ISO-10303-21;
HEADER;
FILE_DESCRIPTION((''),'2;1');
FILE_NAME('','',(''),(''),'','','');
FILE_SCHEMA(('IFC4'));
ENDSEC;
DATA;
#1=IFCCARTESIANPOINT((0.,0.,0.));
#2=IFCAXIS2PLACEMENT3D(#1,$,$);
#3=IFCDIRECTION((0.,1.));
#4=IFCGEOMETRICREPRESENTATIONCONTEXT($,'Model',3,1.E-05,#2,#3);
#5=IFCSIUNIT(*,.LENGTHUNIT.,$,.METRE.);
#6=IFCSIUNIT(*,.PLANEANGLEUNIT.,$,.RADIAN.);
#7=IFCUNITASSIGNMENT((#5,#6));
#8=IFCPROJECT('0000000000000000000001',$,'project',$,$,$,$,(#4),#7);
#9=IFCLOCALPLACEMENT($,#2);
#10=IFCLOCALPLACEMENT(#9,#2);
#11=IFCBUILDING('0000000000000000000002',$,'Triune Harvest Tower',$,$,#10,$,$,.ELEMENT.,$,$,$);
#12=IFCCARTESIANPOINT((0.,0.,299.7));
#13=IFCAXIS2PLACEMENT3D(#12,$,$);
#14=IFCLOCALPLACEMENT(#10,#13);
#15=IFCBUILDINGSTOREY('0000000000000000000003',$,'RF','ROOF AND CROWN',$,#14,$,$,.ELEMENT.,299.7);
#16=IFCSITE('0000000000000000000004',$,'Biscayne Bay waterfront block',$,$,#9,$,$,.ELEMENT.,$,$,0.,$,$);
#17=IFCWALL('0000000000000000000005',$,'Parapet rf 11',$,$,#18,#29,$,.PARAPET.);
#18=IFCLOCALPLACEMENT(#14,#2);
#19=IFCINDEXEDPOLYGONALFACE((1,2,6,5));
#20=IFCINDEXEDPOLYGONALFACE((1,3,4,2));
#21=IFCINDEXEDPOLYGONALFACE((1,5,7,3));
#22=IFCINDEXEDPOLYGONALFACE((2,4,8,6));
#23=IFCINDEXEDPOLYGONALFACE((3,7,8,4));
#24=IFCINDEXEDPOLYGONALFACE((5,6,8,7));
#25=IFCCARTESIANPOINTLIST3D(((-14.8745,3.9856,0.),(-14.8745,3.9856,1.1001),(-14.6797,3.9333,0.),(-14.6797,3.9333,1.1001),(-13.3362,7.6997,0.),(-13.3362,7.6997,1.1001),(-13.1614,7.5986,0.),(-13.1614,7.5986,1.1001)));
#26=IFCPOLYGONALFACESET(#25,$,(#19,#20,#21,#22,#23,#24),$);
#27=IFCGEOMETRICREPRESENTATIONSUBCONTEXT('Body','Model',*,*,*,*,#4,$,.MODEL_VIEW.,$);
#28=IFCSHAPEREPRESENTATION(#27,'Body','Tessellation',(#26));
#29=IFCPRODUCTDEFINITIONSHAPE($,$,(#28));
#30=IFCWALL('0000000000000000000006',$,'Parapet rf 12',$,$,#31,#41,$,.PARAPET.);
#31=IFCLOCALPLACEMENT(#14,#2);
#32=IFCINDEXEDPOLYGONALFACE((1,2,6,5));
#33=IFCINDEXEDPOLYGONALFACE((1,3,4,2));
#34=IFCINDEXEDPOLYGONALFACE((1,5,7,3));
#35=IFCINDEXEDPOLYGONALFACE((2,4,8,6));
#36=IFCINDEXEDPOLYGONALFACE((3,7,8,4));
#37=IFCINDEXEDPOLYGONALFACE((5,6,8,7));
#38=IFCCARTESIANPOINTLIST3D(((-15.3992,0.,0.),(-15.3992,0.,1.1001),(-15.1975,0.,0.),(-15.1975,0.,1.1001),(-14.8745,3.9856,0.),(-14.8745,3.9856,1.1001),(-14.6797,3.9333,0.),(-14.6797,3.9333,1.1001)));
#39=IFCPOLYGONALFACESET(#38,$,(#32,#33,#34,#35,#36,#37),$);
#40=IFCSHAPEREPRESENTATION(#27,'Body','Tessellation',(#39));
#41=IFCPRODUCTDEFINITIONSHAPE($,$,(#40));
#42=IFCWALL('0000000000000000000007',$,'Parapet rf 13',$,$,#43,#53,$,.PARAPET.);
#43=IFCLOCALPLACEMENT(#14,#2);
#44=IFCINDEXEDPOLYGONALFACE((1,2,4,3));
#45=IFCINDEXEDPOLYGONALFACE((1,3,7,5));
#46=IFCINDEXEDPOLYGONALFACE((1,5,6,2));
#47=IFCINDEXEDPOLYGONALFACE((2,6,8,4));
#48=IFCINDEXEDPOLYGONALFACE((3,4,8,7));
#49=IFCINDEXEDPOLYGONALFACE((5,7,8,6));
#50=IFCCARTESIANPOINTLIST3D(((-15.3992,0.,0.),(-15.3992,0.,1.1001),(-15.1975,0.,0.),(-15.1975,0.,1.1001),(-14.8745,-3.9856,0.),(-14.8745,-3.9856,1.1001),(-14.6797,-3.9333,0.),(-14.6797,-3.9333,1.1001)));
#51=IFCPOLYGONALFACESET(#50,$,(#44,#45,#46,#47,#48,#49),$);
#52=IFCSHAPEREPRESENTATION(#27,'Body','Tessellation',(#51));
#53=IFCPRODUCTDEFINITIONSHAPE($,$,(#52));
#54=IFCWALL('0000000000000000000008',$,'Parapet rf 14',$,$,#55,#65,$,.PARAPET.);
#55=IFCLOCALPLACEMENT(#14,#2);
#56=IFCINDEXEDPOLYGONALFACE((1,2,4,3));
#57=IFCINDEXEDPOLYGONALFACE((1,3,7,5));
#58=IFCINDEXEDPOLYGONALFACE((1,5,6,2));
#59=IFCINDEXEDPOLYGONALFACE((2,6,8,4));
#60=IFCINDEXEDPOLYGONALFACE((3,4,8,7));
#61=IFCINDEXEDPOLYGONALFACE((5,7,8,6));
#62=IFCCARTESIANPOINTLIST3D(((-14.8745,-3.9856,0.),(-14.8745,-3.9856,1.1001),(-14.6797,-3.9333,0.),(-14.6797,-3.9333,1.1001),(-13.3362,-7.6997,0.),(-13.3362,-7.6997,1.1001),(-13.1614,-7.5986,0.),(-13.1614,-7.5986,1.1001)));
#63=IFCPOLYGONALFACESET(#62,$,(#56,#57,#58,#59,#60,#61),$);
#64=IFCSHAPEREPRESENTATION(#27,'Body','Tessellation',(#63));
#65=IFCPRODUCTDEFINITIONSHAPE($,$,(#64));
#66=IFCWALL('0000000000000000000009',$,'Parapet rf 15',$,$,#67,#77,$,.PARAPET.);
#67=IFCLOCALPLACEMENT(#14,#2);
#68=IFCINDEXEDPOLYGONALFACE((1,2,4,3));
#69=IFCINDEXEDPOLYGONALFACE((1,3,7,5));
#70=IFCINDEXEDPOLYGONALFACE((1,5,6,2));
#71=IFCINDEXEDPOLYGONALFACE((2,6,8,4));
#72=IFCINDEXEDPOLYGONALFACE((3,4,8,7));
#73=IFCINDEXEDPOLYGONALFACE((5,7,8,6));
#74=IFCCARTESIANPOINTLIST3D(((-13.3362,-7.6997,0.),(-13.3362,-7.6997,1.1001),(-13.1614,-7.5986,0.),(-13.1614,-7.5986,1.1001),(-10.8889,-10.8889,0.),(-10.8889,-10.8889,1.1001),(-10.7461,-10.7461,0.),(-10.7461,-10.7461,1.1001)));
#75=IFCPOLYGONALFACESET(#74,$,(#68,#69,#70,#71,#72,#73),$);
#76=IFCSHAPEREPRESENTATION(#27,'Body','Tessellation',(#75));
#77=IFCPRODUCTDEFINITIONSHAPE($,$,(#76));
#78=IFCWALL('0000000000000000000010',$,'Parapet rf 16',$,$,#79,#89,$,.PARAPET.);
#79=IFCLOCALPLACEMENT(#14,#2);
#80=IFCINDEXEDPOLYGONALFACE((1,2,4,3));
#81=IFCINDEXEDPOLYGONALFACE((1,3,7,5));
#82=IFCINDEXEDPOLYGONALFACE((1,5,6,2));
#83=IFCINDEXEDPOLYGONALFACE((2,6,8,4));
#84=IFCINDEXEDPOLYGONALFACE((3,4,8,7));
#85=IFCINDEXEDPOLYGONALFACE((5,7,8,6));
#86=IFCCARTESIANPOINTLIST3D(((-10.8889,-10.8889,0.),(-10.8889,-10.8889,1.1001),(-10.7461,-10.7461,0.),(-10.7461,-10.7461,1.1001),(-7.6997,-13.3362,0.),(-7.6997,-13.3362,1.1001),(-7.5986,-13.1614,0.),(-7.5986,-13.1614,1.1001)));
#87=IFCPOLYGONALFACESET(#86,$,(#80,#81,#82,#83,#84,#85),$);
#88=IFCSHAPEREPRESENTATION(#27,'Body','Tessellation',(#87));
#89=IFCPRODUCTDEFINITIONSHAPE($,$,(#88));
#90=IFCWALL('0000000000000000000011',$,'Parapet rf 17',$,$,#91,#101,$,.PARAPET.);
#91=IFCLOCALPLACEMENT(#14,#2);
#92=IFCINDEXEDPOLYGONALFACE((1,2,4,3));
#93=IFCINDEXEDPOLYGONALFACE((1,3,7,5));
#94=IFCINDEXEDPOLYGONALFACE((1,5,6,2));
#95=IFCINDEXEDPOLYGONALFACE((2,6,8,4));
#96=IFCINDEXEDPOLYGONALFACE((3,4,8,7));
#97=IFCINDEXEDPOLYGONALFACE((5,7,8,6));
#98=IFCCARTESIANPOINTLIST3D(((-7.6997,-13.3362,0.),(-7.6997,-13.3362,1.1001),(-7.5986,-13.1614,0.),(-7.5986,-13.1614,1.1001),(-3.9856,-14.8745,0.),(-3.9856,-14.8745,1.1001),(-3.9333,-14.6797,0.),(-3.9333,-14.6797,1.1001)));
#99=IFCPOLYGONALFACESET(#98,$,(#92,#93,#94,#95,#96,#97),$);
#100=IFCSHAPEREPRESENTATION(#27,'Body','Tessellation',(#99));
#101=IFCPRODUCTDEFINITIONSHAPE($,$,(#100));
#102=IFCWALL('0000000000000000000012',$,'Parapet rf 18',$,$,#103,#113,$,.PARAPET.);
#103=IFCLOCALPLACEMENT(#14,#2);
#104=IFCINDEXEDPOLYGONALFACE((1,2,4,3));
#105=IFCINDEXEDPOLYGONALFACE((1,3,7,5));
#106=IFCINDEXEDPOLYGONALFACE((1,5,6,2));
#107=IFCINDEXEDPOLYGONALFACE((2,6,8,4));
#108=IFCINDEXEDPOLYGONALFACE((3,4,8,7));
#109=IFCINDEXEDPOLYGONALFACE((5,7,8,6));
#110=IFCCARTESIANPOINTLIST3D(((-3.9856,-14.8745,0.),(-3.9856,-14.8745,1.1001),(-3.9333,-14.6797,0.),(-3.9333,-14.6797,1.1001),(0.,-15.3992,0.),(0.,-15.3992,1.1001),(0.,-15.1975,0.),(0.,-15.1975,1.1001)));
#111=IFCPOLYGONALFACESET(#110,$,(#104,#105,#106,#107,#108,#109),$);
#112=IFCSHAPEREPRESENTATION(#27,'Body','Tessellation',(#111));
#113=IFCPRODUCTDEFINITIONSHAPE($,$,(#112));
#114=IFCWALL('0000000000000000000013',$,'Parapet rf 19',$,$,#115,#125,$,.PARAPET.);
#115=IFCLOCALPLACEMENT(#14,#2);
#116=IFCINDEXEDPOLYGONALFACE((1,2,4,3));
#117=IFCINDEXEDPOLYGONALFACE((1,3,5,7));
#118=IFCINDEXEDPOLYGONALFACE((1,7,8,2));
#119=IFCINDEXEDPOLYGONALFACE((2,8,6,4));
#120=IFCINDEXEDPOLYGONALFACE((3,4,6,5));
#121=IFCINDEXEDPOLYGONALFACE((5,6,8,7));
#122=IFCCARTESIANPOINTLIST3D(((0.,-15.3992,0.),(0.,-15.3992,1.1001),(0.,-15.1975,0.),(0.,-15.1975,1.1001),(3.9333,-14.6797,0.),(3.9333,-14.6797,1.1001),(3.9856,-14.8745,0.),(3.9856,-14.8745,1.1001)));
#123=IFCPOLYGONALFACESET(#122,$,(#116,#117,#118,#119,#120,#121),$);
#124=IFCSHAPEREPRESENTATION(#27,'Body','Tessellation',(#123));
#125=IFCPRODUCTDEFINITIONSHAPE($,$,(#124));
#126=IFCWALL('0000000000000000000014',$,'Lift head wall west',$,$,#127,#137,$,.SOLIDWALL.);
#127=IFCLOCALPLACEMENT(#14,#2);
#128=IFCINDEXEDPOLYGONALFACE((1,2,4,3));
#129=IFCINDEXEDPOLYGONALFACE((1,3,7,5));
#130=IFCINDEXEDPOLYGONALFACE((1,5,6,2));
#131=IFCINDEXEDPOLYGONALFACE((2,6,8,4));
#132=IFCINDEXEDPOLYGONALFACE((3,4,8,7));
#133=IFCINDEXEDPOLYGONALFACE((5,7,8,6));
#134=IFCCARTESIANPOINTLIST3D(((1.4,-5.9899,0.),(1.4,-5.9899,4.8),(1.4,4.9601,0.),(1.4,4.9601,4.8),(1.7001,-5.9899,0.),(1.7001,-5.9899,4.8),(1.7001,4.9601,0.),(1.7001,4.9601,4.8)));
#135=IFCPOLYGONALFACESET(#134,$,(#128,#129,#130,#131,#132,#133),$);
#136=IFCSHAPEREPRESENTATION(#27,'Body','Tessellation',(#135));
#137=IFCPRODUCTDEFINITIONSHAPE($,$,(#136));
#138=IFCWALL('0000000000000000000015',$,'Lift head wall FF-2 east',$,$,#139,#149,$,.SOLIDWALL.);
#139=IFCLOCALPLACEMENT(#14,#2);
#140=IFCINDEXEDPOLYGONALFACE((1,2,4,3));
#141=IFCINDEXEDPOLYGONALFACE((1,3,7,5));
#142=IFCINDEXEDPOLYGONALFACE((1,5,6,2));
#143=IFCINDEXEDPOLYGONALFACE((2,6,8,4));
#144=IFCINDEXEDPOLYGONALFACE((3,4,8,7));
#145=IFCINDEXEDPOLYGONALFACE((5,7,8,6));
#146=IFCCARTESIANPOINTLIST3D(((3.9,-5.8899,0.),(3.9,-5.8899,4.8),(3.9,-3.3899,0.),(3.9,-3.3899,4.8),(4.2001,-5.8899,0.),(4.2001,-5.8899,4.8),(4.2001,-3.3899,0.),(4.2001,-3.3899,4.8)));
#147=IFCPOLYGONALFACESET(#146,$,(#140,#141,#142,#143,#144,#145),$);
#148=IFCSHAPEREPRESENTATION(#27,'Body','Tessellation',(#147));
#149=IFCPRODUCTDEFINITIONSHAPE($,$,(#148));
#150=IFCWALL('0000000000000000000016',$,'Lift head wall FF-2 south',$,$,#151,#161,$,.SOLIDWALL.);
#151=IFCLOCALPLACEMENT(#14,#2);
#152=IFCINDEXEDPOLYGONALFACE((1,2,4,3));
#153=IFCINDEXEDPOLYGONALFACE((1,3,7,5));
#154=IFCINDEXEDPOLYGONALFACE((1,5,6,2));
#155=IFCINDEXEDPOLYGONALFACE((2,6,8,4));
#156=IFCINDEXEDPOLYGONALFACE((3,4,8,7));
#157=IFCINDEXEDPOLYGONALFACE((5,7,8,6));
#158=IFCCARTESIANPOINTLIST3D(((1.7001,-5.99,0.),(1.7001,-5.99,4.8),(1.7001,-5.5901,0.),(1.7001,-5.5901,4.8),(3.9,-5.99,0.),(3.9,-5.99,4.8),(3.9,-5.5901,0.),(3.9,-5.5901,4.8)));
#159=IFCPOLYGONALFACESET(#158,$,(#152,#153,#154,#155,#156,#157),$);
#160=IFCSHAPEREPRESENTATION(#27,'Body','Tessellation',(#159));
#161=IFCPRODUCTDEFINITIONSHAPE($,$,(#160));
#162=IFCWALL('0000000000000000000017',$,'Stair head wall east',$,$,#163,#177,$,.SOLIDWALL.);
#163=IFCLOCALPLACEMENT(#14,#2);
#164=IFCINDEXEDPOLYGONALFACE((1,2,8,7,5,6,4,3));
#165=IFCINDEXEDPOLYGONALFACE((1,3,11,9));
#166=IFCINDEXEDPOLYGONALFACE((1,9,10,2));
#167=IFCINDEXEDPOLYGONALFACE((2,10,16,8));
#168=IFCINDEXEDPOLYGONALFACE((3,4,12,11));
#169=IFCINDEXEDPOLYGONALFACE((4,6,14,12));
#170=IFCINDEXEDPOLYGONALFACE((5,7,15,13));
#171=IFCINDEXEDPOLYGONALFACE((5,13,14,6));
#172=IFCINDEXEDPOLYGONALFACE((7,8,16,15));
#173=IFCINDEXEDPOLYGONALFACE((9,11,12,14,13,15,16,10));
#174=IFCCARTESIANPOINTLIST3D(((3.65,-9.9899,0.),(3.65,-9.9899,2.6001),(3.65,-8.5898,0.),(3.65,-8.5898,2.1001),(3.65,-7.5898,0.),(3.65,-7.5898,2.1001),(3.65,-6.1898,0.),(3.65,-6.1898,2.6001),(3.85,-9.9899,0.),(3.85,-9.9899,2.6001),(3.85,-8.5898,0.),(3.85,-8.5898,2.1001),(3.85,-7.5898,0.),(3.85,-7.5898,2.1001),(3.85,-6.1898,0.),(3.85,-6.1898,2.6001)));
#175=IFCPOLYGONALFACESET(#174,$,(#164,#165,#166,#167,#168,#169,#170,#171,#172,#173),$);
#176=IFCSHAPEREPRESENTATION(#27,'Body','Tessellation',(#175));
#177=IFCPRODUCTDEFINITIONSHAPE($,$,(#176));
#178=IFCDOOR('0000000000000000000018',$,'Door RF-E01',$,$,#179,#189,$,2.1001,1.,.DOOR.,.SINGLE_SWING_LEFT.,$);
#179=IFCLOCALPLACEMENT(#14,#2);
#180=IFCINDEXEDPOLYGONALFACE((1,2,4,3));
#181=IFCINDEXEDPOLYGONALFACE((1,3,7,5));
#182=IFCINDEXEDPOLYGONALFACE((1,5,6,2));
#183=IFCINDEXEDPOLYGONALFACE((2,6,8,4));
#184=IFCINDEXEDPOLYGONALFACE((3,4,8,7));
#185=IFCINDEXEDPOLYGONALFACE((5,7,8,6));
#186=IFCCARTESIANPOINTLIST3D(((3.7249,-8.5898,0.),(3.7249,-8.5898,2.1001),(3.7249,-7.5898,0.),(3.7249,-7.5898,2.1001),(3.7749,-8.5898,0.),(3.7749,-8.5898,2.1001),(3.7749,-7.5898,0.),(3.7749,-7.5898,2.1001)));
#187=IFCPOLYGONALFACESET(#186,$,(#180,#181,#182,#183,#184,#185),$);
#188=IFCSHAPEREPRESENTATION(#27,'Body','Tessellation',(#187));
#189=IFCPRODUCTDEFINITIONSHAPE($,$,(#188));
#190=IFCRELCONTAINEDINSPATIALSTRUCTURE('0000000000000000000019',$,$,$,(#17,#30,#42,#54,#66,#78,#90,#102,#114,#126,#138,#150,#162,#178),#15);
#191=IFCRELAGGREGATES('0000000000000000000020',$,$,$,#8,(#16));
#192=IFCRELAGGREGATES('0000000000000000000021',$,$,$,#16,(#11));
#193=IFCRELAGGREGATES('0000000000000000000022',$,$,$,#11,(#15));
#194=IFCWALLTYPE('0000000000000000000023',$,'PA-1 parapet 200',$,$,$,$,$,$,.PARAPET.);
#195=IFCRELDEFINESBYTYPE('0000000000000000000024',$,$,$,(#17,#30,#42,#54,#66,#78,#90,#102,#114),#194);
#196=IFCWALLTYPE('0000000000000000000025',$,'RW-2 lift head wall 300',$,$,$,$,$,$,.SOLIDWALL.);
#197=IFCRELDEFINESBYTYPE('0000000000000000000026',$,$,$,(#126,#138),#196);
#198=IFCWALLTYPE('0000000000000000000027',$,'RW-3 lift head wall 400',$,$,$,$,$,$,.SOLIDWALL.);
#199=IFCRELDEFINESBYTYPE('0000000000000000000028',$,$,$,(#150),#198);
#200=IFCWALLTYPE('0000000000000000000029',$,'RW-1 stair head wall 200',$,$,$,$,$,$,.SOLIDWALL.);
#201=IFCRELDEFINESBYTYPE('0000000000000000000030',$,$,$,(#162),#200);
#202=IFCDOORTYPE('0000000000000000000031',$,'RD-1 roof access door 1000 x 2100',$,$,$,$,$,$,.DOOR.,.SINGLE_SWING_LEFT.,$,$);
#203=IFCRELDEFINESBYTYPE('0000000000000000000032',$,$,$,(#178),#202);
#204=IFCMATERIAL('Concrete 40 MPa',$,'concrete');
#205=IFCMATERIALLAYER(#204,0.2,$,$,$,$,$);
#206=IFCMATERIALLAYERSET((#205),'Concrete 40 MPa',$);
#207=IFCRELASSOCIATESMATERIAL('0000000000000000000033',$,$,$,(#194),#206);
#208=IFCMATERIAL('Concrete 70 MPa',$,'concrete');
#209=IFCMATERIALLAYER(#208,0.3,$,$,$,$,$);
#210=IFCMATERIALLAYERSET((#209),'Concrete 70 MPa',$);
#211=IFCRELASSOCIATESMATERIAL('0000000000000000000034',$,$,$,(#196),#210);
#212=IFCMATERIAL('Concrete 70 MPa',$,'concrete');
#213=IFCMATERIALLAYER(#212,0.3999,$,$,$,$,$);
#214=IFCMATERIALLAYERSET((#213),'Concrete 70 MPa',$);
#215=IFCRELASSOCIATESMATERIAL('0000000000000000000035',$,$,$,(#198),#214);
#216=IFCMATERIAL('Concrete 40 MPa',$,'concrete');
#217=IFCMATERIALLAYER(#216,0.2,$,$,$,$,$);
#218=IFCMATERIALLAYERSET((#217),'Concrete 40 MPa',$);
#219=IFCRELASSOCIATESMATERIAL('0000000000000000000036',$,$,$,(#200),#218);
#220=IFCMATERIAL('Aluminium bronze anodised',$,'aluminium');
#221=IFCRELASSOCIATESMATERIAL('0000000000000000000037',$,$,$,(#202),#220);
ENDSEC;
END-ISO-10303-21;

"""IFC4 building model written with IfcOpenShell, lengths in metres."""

from ifc_helpers import new_model, si_unit, direction, frame, frame_2d, origin, place, context, subcontext, project, spatial, polyline, rectangle, outline, extrude, source, transform, mapped, material, layer, layer_set, type_object, element, fill, save


model = new_model("IFC4")

# Units and contexts
model_context = context("Model", 3, precision=1e-05, world=origin(), true_north=direction((0.0, 1.0)))
body_context = subcontext(model_context, "Body", "Model", "MODEL_VIEW")
ifc_project = project(units=[si_unit("LENGTHUNIT", "METRE"), si_unit("PLANEANGLEUNIT", "RADIAN")], contexts=[model_context])

# Site, building, storey
site_placement = place(None, origin())
site = spatial("IfcSite", under=ifc_project, at=site_placement, Name="Biscayne Bay waterfront block", CompositionType="ELEMENT", RefElevation=0.0)
building_placement = place(site_placement, origin())
building = spatial("IfcBuilding", under=site, at=building_placement, Name="Triune Harvest Tower", CompositionType="ELEMENT")
storey_placement = place(building_placement, frame((0.0, 0.0, 299.7)))
storey = spatial("IfcBuildingStorey", under=building, at=storey_placement, Name="RF", Description="ROOF AND CROWN", CompositionType="ELEMENT", Elevation=299.7)

# Walls
ifc_material_1 = material(Name="Concrete 40 MPa", Category="concrete")
ifc_layer_1 = layer(ifc_material_1, 0.2)
ifc_layer_set_1 = layer_set([ifc_layer_1], Name="Concrete 40 MPa")
wall_type_1 = type_object("IfcWallType", Name="PA-1 parapet 200", PredefinedType="PARAPET", material=ifc_layer_set_1)
wall_1_placement = place(storey_placement, origin())
element("IfcWall", 1, at=wall_1_placement, inside=storey, type_object=wall_type_1, Name="Parapet rf 11", PredefinedType="PARAPET", context=body_context, shape_type="SweptSolid", body=[
    extrude(outline(polyline([(-13.3362, 7.6997), (-14.8745, 3.9856), (-14.6797, 3.9333), (-13.1614, 7.5986), (-13.3362, 7.6997)])), origin(), (0.0, 0.0, 1.0), 1.1001),
])
wall_2_placement = place(storey_placement, origin())
element("IfcWall", 2, at=wall_2_placement, inside=storey, type_object=wall_type_1, Name="Parapet rf 12", PredefinedType="PARAPET", context=body_context, shape_type="SweptSolid", body=[
    extrude(outline(polyline([(-14.8745, 3.9856), (-15.3992, 0.0), (-15.1975, 0.0), (-14.6797, 3.9333), (-14.8745, 3.9856)])), origin(), (0.0, 0.0, 1.0), 1.1001),
])
wall_3_placement = place(storey_placement, origin())
element("IfcWall", 3, at=wall_3_placement, inside=storey, type_object=wall_type_1, Name="Parapet rf 13", PredefinedType="PARAPET", context=body_context, shape_type="SweptSolid", body=[
    extrude(outline(polyline([(-15.3992, 0.0), (-14.8745, -3.9856), (-14.6797, -3.9333), (-15.1975, 0.0), (-15.3992, 0.0)])), origin(), (0.0, 0.0, 1.0), 1.1001),
])
wall_4_placement = place(storey_placement, origin())
element("IfcWall", 4, at=wall_4_placement, inside=storey, type_object=wall_type_1, Name="Parapet rf 14", PredefinedType="PARAPET", context=body_context, shape_type="SweptSolid", body=[
    extrude(outline(polyline([(-14.8745, -3.9856), (-13.3362, -7.6997), (-13.1614, -7.5986), (-14.6797, -3.9333), (-14.8745, -3.9856)])), origin(), (0.0, 0.0, 1.0), 1.1001),
])
wall_5_placement = place(storey_placement, origin())
element("IfcWall", 5, at=wall_5_placement, inside=storey, type_object=wall_type_1, Name="Parapet rf 15", PredefinedType="PARAPET", context=body_context, shape_type="SweptSolid", body=[
    extrude(outline(polyline([(-13.3362, -7.6997), (-10.8889, -10.8889), (-10.7461, -10.7461), (-13.1614, -7.5986), (-13.3362, -7.6997)])), origin(), (0.0, 0.0, 1.0), 1.1001),
])
wall_6_placement = place(storey_placement, origin())
element("IfcWall", 6, at=wall_6_placement, inside=storey, type_object=wall_type_1, Name="Parapet rf 16", PredefinedType="PARAPET", context=body_context, shape_type="SweptSolid", body=[
    extrude(outline(polyline([(-10.8889, -10.8889), (-7.6997, -13.3362), (-7.5986, -13.1614), (-10.7461, -10.7461), (-10.8889, -10.8889)])), origin(), (0.0, 0.0, 1.0), 1.1001),
])
wall_7_placement = place(storey_placement, origin())
element("IfcWall", 7, at=wall_7_placement, inside=storey, type_object=wall_type_1, Name="Parapet rf 17", PredefinedType="PARAPET", context=body_context, shape_type="SweptSolid", body=[
    extrude(outline(polyline([(-7.6997, -13.3362), (-3.9856, -14.8745), (-3.9333, -14.6797), (-7.5986, -13.1614), (-7.6997, -13.3362)])), origin(), (0.0, 0.0, 1.0), 1.1001),
])
wall_8_placement = place(storey_placement, origin())
element("IfcWall", 8, at=wall_8_placement, inside=storey, type_object=wall_type_1, Name="Parapet rf 18", PredefinedType="PARAPET", context=body_context, shape_type="SweptSolid", body=[
    extrude(outline(polyline([(-3.9856, -14.8745), (0.0, -15.3992), (0.0, -15.1975), (-3.9333, -14.6797), (-3.9856, -14.8745)])), origin(), (0.0, 0.0, 1.0), 1.1001),
])
wall_9_placement = place(storey_placement, origin())
element("IfcWall", 9, at=wall_9_placement, inside=storey, type_object=wall_type_1, Name="Parapet rf 19", PredefinedType="PARAPET", context=body_context, shape_type="SweptSolid", body=[
    extrude(outline(polyline([(0.0, -15.3992), (3.9856, -14.8745), (3.9333, -14.6797), (0.0, -15.1975), (0.0, -15.3992)])), origin(), (0.0, 0.0, 1.0), 1.1001),
])
ifc_material_2 = material(Name="Concrete 70 MPa", Category="concrete")
ifc_layer_2 = layer(ifc_material_2, 0.3)
ifc_layer_set_2 = layer_set([ifc_layer_2], Name="Concrete 70 MPa")
wall_type_2 = type_object("IfcWallType", Name="RW-2 lift head wall 300", PredefinedType="SOLIDWALL", material=ifc_layer_set_2)
wall_10_placement = place(storey_placement, frame((1.55, -5.99, 0.0), z_axis=(0.0, 0.0, 1.0), x_axis=(0.0, 1.0, 0.0)))
element("IfcWall", 10, at=wall_10_placement, inside=storey, type_object=wall_type_2, Name="Lift head wall west", PredefinedType="SOLIDWALL", context=body_context, shape_type="SweptSolid", body=[
    extrude(rectangle(XDim=10.95, YDim=0.3, at=frame_2d((5.4751, 0.0))), origin(), (0.0, 0.0, 1.0), 4.8),
])
wall_11_placement = place(storey_placement, frame((4.05, -5.8899, 0.0), z_axis=(0.0, 0.0, 1.0), x_axis=(0.0, 1.0, 0.0)))
element("IfcWall", 11, at=wall_11_placement, inside=storey, type_object=wall_type_2, Name="Lift head wall FF-2 east", PredefinedType="SOLIDWALL", context=body_context, shape_type="SweptSolid", body=[
    extrude(rectangle(XDim=2.5, YDim=0.3, at=frame_2d((1.25, 0.0))), origin(), (0.0, 0.0, 1.0), 4.8),
])
ifc_material_3 = material(Name="Concrete 70 MPa", Category="concrete")
ifc_layer_3 = layer(ifc_material_3, 0.3999)
ifc_layer_set_3 = layer_set([ifc_layer_3], Name="Concrete 70 MPa")
wall_type_3 = type_object("IfcWallType", Name="RW-3 lift head wall 400", PredefinedType="SOLIDWALL", material=ifc_layer_set_3)
wall_12_placement = place(storey_placement, frame((1.7, -5.79, 0.0), z_axis=(0.0, 0.0, 1.0), x_axis=(1.0, 0.0, 0.0)))
element("IfcWall", 12, at=wall_12_placement, inside=storey, type_object=wall_type_3, Name="Lift head wall FF-2 south", PredefinedType="SOLIDWALL", context=body_context, shape_type="SweptSolid", body=[
    extrude(rectangle(XDim=2.2, YDim=0.3999, at=frame_2d((1.1001, 0.0))), origin(), (0.0, 0.0, 1.0), 4.8),
])

# Wall, opening, door
ifc_material_4 = material(Name="Concrete 40 MPa", Category="concrete")
ifc_layer_4 = layer(ifc_material_4, 0.2)
ifc_layer_set_4 = layer_set([ifc_layer_4], Name="Concrete 40 MPa")
wall_type_4 = type_object("IfcWallType", Name="RW-1 stair head wall 200", PredefinedType="SOLIDWALL", material=ifc_layer_set_4)
shared_shape_1 = source(origin(), body_context, "Body", "SweptSolid", [
    extrude(rectangle(XDim=3.8, YDim=0.2, at=frame_2d((1.8999, 0.0))), origin(), (0.0, 0.0, 1.0), 2.6001),
])
wall_13_placement = place(storey_placement, frame((3.75, -6.1899, 0.0), z_axis=(0.0, 0.0, 1.0), x_axis=(0.0, -1.0, 0.0)))
wall_13 = element("IfcWall", 13, at=wall_13_placement, inside=storey, type_object=wall_type_4, Name="Stair head wall east", PredefinedType="SOLIDWALL", context=body_context, shape_type="MappedRepresentation", body=[
    mapped(shared_shape_1, transform((0.0, 0.0, 0.0), scale=1.0)),
])
opening_1_placement = place(wall_13_placement, frame((1.3999, 0.0, 0.0)))
opening_1 = element("IfcOpeningElement", 14, at=opening_1_placement, cuts=wall_13, PredefinedType="OPENING", context=body_context, shape_type="SweptSolid", body=[
    extrude(rectangle(XDim=1.0, YDim=2.1001, at=frame_2d((0.5, 1.05))), frame((0.0, 0.1099, 0.0), z_axis=(0.0, -1.0, 0.0), x_axis=(1.0, 0.0, 0.0)), (0.0, 0.0, 1.0), 0.22),
])
ifc_material_5 = material(Name="Aluminium bronze anodised", Category="aluminium")
door_type_1 = type_object("IfcDoorType", Name="RD-1 roof access door 1000 x 2100", OperationType="SINGLE_SWING_LEFT", PredefinedType="DOOR", material=ifc_material_5)
door_1_placement = place(opening_1_placement, origin())
door_1 = element("IfcDoor", 15, at=door_1_placement, inside=storey, type_object=door_type_1, Name="Door RF-E01", OperationType="SINGLE_SWING_LEFT", OverallHeight=2.1001, OverallWidth=1.0, PredefinedType="DOOR", context=body_context, shape_type="SweptSolid", body=[
    extrude(rectangle(XDim=1.0, YDim=2.1001, at=frame_2d((0.5, 1.05))), frame((0.0, 0.0249, 0.0), z_axis=(0.0, -1.0, 0.0), x_axis=(1.0, 0.0, 0.0)), (0.0, 0.0, 1.0), 0.05),
])
fill(opening_1, door_1)

save(model, "model.ifc")
